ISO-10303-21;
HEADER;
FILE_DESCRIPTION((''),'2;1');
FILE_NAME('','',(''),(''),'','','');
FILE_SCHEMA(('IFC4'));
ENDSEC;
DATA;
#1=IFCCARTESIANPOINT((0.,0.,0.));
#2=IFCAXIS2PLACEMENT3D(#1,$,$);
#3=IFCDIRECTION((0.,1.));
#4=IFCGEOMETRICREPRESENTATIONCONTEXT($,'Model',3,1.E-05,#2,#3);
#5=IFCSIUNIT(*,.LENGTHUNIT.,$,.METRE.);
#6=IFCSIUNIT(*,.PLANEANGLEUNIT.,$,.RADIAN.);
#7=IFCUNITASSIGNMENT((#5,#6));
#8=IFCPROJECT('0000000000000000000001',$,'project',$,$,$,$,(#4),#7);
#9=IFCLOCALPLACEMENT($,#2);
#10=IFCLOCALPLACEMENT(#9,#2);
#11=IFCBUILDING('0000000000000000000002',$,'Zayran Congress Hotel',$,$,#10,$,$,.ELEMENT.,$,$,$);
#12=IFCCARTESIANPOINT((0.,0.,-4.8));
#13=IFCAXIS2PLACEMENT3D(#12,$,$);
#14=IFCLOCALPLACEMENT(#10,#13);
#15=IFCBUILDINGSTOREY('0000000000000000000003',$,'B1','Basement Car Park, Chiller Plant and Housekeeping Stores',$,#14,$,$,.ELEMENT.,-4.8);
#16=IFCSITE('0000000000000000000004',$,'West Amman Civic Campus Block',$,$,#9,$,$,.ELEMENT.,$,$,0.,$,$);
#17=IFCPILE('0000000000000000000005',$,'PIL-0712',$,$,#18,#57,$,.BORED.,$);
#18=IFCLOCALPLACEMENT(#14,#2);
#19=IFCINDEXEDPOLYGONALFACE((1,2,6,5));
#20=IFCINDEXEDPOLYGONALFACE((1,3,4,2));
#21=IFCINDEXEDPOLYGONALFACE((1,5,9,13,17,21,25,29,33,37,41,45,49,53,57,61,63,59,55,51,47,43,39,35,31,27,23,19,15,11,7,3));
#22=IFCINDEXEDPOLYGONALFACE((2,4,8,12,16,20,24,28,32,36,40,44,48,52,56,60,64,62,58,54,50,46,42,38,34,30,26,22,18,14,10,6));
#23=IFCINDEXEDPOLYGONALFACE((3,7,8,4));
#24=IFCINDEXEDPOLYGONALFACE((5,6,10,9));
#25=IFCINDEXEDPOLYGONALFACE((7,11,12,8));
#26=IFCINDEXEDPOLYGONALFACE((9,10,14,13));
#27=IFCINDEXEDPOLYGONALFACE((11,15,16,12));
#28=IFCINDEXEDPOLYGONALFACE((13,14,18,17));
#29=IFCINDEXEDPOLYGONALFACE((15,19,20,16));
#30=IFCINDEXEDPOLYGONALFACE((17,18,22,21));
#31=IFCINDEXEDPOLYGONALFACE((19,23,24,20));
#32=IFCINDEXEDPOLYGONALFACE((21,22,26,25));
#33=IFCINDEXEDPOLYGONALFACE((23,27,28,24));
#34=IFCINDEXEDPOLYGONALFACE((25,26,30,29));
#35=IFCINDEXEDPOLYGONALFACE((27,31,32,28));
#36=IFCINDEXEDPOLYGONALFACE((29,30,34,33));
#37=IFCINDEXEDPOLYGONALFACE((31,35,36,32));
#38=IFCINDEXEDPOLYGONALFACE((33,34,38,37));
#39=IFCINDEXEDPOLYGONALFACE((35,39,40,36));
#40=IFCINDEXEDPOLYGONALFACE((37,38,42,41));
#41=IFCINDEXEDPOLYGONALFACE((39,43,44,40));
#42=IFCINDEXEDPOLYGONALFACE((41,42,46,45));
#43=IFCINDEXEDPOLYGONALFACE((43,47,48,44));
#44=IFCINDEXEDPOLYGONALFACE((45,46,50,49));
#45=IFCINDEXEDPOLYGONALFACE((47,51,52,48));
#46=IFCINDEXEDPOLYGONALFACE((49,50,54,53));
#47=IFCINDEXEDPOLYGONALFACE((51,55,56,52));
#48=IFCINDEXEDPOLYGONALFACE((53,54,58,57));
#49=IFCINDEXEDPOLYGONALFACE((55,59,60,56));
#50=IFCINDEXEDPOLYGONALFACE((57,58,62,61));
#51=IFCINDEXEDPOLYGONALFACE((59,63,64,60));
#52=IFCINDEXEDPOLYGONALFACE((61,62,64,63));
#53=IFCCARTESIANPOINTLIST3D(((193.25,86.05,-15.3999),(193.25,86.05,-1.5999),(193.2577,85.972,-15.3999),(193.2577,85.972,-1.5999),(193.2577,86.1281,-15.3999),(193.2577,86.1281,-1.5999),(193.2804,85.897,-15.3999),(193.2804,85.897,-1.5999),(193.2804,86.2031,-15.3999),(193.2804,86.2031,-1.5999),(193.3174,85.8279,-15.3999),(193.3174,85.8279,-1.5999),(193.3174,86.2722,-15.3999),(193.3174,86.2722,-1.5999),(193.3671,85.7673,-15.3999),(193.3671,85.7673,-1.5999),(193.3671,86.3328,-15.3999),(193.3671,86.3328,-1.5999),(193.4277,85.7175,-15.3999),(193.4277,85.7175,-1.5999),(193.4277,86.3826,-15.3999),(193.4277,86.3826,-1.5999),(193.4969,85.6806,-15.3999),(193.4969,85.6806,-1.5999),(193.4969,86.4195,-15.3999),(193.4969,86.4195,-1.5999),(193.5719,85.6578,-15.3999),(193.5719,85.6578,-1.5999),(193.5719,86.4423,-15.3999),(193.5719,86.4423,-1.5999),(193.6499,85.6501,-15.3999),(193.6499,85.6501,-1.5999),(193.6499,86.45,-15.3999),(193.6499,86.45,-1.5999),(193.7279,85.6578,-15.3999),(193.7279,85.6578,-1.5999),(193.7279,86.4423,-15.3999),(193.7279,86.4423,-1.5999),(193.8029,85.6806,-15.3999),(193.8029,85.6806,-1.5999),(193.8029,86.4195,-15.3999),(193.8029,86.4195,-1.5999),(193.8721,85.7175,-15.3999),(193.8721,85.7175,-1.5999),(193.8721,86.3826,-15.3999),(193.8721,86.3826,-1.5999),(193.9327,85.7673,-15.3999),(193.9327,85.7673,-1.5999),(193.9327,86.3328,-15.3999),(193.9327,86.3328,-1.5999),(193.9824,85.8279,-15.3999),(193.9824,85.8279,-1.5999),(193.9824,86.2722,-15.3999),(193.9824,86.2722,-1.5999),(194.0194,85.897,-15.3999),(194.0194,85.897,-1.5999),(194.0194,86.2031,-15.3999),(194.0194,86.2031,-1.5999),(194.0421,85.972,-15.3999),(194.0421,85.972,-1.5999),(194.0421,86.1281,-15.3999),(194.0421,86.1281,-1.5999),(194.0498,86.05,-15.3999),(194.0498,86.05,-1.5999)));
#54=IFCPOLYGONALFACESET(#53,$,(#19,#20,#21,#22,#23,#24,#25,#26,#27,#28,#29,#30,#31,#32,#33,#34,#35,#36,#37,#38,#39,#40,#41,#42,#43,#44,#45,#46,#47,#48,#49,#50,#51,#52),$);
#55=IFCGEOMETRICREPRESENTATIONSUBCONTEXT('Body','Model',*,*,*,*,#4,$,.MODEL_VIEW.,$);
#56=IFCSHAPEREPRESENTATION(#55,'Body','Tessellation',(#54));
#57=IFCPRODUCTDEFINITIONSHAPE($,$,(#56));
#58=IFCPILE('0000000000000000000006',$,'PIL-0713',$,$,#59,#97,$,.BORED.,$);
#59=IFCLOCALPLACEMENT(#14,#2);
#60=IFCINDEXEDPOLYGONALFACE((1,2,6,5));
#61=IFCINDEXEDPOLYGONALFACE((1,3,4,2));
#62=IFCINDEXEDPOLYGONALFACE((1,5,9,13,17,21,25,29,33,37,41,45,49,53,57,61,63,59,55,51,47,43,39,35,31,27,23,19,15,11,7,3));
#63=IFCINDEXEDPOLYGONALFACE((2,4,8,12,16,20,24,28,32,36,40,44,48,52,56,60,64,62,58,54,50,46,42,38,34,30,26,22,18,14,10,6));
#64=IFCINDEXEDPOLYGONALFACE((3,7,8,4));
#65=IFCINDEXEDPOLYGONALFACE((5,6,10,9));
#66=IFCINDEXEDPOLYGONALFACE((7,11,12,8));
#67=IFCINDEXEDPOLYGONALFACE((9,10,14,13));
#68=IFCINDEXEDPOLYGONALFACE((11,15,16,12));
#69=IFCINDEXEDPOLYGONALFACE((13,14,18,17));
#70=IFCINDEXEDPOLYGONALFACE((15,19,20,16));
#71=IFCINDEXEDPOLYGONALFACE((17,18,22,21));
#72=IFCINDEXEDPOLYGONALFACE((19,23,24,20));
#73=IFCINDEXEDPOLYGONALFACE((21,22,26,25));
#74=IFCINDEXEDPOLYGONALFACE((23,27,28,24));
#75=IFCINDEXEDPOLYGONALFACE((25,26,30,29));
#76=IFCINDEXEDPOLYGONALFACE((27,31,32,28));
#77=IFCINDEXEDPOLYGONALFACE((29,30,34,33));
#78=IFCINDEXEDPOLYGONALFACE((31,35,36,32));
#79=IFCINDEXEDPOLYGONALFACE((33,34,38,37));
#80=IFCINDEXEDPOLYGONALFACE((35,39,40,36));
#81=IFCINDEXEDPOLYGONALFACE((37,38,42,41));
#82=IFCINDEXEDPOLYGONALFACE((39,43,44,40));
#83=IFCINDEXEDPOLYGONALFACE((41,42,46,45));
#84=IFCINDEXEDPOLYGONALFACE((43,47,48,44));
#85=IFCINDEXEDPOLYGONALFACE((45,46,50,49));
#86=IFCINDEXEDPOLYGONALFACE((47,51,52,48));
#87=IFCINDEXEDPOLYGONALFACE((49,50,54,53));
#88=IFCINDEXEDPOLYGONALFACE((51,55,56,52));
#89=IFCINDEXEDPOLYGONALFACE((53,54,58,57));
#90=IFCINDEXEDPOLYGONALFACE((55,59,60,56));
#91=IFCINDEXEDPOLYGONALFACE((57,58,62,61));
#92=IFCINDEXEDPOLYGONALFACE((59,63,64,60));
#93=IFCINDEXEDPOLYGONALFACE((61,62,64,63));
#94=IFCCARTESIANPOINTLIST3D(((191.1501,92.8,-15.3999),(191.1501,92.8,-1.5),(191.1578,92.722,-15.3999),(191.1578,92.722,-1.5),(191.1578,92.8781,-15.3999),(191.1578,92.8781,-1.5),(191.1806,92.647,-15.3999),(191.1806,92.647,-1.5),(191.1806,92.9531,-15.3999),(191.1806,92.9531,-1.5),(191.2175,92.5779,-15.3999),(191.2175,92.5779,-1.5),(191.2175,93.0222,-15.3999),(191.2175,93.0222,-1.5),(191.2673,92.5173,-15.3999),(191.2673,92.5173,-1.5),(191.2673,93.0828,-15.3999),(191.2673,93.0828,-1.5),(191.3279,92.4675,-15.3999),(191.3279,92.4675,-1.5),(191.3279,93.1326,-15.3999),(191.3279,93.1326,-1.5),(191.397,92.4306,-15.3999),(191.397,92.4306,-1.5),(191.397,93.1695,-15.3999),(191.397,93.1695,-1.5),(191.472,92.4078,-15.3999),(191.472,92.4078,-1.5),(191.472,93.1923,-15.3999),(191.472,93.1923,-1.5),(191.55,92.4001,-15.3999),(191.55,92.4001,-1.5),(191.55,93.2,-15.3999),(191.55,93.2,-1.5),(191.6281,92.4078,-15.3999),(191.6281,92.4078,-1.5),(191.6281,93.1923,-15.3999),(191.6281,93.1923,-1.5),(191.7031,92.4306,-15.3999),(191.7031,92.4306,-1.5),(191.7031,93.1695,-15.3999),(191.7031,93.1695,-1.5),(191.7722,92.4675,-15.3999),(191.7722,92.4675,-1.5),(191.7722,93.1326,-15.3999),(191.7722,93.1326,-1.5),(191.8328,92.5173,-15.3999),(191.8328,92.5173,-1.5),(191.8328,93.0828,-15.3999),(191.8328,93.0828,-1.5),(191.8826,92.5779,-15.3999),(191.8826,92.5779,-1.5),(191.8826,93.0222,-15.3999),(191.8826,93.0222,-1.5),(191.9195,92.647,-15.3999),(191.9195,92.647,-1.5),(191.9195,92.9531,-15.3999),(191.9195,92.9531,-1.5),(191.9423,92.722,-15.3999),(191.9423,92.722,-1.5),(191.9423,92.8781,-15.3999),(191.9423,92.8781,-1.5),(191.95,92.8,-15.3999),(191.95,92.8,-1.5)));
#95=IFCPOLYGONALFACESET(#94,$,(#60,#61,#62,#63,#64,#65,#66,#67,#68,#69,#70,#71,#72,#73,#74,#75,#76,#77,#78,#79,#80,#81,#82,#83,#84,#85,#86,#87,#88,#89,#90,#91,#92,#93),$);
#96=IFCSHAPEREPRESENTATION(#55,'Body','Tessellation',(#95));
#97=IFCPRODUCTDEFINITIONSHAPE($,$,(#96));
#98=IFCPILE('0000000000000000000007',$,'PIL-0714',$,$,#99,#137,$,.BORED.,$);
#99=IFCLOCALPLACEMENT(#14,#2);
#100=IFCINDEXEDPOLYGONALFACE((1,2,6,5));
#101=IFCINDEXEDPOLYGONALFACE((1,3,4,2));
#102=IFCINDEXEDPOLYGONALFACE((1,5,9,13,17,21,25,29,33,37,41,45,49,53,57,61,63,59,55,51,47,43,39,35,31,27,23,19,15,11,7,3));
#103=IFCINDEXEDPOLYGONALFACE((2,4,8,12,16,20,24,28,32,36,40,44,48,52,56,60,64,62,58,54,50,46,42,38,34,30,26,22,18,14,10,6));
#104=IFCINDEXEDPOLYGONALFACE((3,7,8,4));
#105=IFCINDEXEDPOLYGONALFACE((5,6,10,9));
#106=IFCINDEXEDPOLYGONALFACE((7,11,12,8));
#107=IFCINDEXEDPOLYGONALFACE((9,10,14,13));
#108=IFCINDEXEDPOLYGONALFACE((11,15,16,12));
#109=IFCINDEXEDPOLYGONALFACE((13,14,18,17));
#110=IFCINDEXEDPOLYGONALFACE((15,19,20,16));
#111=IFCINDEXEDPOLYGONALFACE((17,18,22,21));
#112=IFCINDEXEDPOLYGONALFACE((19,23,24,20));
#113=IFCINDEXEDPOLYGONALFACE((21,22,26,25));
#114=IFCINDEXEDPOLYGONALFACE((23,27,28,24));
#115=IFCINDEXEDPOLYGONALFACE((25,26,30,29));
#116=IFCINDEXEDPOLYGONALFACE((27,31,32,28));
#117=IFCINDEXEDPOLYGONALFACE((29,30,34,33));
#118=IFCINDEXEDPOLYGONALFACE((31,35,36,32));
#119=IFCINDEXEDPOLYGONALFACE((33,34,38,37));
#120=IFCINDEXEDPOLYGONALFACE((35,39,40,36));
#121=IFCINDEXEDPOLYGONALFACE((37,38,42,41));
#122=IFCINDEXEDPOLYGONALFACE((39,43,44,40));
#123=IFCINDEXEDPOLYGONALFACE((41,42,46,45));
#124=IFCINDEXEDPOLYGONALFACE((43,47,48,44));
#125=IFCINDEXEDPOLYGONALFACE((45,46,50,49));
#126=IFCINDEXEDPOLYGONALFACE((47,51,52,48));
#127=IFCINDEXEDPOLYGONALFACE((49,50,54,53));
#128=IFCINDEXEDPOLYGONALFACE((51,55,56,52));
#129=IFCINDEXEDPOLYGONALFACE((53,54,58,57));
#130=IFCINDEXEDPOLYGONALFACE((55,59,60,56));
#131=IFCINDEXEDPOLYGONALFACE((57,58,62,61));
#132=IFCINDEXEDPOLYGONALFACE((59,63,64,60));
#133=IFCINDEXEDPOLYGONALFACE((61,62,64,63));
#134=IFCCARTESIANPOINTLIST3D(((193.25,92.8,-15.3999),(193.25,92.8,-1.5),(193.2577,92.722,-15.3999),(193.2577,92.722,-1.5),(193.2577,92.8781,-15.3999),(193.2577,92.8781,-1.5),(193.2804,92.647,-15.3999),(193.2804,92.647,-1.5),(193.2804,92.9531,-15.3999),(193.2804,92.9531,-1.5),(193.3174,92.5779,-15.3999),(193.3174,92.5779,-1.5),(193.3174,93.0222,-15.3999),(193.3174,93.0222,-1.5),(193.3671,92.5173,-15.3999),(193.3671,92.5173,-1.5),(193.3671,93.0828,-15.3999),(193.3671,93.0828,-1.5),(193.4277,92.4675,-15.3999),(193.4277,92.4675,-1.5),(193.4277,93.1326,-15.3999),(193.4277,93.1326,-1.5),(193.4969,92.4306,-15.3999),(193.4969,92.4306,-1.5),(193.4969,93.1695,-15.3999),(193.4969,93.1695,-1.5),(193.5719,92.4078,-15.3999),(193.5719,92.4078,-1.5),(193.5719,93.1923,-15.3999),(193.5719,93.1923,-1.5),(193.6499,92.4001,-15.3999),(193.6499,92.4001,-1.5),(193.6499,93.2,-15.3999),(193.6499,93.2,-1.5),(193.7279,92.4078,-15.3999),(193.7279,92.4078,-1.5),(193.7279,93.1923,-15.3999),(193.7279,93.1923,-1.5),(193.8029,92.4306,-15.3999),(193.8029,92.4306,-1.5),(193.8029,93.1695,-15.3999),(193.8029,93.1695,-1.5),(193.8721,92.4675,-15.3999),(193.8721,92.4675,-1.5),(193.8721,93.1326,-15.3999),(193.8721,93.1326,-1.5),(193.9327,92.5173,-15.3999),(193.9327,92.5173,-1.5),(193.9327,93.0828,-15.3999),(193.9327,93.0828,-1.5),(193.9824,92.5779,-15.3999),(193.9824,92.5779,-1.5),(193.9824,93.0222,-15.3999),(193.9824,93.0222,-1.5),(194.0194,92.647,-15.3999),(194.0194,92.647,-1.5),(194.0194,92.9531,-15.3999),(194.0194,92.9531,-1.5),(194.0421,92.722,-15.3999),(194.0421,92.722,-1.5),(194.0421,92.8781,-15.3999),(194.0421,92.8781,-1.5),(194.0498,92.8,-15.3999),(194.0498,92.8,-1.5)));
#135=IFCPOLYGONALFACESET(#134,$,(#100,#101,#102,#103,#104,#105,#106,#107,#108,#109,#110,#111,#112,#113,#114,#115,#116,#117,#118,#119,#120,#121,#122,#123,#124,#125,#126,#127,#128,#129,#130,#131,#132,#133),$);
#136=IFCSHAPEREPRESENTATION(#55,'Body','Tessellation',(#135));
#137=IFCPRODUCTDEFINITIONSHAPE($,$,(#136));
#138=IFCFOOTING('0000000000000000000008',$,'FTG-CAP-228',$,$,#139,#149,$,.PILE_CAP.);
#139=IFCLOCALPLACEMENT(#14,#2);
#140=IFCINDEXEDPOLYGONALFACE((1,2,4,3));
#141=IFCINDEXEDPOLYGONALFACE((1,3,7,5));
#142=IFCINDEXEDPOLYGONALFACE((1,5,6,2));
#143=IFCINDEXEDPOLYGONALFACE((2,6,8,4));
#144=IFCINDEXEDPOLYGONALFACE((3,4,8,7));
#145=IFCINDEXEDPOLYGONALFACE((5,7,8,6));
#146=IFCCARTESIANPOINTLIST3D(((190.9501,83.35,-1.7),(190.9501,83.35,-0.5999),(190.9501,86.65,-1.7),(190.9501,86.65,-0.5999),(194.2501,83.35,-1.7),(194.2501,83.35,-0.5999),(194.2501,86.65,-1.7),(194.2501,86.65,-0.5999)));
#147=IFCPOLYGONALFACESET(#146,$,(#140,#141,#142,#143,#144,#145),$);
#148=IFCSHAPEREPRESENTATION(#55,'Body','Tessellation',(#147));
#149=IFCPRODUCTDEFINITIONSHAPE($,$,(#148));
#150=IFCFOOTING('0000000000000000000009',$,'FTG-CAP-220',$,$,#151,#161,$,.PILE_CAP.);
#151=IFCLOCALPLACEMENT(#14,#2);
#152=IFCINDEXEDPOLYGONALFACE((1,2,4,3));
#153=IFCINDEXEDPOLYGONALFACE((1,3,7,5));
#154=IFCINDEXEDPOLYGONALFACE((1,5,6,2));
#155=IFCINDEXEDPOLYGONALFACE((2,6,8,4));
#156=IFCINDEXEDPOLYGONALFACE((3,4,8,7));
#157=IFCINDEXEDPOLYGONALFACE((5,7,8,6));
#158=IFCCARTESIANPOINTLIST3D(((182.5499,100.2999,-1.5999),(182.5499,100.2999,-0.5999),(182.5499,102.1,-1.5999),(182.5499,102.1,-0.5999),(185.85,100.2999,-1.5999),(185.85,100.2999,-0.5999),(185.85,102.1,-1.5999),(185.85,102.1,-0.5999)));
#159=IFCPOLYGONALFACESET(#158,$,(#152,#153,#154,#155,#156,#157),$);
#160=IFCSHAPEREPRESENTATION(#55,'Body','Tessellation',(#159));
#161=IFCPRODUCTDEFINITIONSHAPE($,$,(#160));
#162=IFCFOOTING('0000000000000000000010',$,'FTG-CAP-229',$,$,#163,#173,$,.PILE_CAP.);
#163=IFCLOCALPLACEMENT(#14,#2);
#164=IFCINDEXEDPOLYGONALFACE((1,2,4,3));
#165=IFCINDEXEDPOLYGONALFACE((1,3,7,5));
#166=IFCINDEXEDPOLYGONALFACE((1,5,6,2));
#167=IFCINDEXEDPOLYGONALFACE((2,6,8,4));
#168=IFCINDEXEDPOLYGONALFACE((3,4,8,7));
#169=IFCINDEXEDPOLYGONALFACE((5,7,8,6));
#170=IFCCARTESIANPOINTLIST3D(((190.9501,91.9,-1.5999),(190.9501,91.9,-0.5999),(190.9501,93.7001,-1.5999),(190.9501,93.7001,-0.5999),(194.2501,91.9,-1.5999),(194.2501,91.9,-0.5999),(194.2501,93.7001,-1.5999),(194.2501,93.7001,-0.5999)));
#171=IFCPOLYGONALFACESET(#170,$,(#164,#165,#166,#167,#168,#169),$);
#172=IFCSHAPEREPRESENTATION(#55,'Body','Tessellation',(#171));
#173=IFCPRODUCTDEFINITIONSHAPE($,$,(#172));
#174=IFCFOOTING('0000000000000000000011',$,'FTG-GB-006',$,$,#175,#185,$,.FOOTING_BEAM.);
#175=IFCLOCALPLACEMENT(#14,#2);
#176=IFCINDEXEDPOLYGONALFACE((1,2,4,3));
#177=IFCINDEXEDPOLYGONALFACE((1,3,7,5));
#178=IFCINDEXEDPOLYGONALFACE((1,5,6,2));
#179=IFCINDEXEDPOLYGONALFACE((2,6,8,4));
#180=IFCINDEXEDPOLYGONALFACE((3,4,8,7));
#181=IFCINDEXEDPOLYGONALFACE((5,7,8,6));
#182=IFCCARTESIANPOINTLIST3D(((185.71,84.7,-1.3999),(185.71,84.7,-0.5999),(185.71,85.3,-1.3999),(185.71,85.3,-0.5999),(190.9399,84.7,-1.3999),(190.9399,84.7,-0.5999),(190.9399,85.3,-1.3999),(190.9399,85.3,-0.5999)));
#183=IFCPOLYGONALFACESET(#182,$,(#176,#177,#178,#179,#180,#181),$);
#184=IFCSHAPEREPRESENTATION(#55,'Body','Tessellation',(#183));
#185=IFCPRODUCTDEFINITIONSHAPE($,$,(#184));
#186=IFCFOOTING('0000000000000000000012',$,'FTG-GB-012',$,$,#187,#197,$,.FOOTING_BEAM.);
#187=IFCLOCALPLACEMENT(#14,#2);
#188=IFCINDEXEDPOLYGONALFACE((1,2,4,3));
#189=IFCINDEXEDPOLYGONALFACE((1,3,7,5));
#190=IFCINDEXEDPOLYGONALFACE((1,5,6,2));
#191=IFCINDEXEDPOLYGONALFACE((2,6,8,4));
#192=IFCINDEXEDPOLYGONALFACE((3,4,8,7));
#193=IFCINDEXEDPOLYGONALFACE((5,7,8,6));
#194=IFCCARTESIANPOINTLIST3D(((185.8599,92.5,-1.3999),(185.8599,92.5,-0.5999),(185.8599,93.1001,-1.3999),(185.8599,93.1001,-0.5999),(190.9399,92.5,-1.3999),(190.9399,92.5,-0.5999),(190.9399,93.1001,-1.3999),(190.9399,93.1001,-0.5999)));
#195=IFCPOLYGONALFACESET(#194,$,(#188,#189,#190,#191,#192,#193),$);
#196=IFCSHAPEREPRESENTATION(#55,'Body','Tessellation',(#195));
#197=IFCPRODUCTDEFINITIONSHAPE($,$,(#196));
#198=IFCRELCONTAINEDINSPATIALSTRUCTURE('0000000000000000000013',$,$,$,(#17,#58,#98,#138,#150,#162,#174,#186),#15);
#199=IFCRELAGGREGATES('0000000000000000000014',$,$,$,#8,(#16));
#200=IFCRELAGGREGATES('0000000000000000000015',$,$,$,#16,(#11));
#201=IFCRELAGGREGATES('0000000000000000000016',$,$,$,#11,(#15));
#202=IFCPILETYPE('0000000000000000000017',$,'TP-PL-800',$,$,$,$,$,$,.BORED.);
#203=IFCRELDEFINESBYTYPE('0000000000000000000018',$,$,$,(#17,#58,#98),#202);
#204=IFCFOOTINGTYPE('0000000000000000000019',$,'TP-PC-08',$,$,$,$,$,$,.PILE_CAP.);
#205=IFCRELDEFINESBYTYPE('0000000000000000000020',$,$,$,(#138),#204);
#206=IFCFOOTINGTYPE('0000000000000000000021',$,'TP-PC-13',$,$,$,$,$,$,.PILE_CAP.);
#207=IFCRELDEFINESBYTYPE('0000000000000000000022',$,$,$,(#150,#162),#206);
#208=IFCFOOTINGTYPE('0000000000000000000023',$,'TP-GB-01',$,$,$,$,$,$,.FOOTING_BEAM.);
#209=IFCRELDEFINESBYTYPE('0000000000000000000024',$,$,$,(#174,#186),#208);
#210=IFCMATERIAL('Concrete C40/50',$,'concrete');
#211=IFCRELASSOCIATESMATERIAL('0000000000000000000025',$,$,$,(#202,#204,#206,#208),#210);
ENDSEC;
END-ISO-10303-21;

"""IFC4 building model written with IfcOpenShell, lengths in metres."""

from ifc_helpers import new_model, si_unit, direction, frame, origin, origin_2d, place, context, subcontext, project, spatial, rectangle, circle, extrude, material, material_profile, profile_set, type_object, element, save


model = new_model("IFC4")

# Units and contexts
model_context = context("Model", 3, precision=1e-05, world=origin(), true_north=direction((0.0, 1.0)))
body_context = subcontext(model_context, "Body", "Model", "MODEL_VIEW")
ifc_project = project(units=[si_unit("LENGTHUNIT", "METRE"), si_unit("PLANEANGLEUNIT", "RADIAN")], contexts=[model_context])

# Site, building, storey
site_placement = place(None, origin())
site = spatial("IfcSite", under=ifc_project, at=site_placement, Name="West Amman Civic Campus Block", CompositionType="ELEMENT", RefElevation=0.0)
building_placement = place(site_placement, origin())
building = spatial("IfcBuilding", under=site, at=building_placement, Name="Zayran Congress Hotel", CompositionType="ELEMENT")
storey_placement = place(building_placement, frame((0.0, 0.0, -4.8)))
storey = spatial("IfcBuildingStorey", under=building, at=storey_placement, Name="B1", Description="Basement Car Park, Chiller Plant and Housekeeping Stores", CompositionType="ELEMENT", Elevation=-4.8)

# Piles
ifc_material_1 = material(Name="Concrete C40/50", Category="concrete")
ifc_material_profile_1 = material_profile(ifc_material_1, circle(Radius=0.3999, at=origin_2d()), Name="PILE D800")
ifc_profile_set_1 = profile_set([ifc_material_profile_1], Name="Concrete C40/50")
pile_type = type_object("IfcPileType", Name="TP-PL-800", PredefinedType="BORED", material=ifc_profile_set_1)
for number, where, z_axis, x_axis, name in (
    (1, (193.6499, 86.05, -1.5999), (0.0, 0.0, -1.0), (1.0, 0.0, 0.0), "PIL-0712"),
):
    element("IfcPile", number, at=place(storey_placement, frame(where, z_axis=z_axis, x_axis=x_axis)), inside=storey, type_object=pile_type, Name=name, PredefinedType="BORED", context=body_context, shape_type="SweptSolid", body=[
        extrude(circle(Radius=0.3999, at=origin_2d()), origin(), (0.0, 0.0, 1.0), 13.8),
    ])
for number, where, z_axis, x_axis, name in (
    (2, (191.55, 92.8, -1.5), (0.0, 0.0, -1.0), (1.0, 0.0, 0.0), "PIL-0713"),
    (3, (193.6499, 92.8, -1.5), (0.0, 0.0, -1.0), (1.0, 0.0, 0.0), "PIL-0714"),
):
    element("IfcPile", number, at=place(storey_placement, frame(where, z_axis=z_axis, x_axis=x_axis)), inside=storey, type_object=pile_type, Name=name, PredefinedType="BORED", context=body_context, shape_type="SweptSolid", body=[
        extrude(circle(Radius=0.3999, at=origin_2d()), origin(), (0.0, 0.0, 1.0), 13.8999),
    ])

# Footings
footing_type_1 = type_object("IfcFootingType", Name="TP-PC-08", PredefinedType="PILE_CAP", material=ifc_material_1)
footing_1_placement = place(storey_placement, frame((192.6001, 85.0, -1.7), z_axis=(0.0, 0.0, 1.0), x_axis=(1.0, 0.0, 0.0)))
element("IfcFooting", 4, at=footing_1_placement, inside=storey, type_object=footing_type_1, Name="FTG-CAP-228", PredefinedType="PILE_CAP", context=body_context, shape_type="SweptSolid", body=[
    extrude(rectangle(XDim=3.3, YDim=3.3, at=origin_2d()), origin(), (0.0, 0.0, 1.0), 1.1001),
])
footing_type_2 = type_object("IfcFootingType", Name="TP-PC-13", PredefinedType="PILE_CAP", material=ifc_material_1)
for number, where, z_axis, x_axis, name in (
    (5, (184.2, 101.2, -1.5999), (0.0, 0.0, 1.0), (1.0, 0.0, 0.0), "FTG-CAP-220"),
    (6, (192.6001, 92.8, -1.5999), (0.0, 0.0, 1.0), (1.0, 0.0, 0.0), "FTG-CAP-229"),
):
    element("IfcFooting", number, at=place(storey_placement, frame(where, z_axis=z_axis, x_axis=x_axis)), inside=storey, type_object=footing_type_2, Name=name, PredefinedType="PILE_CAP", context=body_context, shape_type="SweptSolid", body=[
        extrude(rectangle(XDim=3.3, YDim=1.8, at=origin_2d()), origin(), (0.0, 0.0, 1.0), 1.0),
    ])
footing_type_3 = type_object("IfcFootingType", Name="TP-GB-01", PredefinedType="FOOTING_BEAM", material=ifc_material_1)
footing_2_placement = place(storey_placement, frame((188.325, 85.0, -1.3999), z_axis=(0.0, 0.0, 1.0), x_axis=(1.0, 0.0, 0.0)))
element("IfcFooting", 7, at=footing_2_placement, inside=storey, type_object=footing_type_3, Name="FTG-GB-006", PredefinedType="FOOTING_BEAM", context=body_context, shape_type="SweptSolid", body=[
    extrude(rectangle(XDim=5.23, YDim=0.6001, at=origin_2d()), origin(), (0.0, 0.0, 1.0), 0.8),
])
footing_3_placement = place(storey_placement, frame((188.3999, 92.8, -1.3999), z_axis=(0.0, 0.0, 1.0), x_axis=(1.0, 0.0, 0.0)))
element("IfcFooting", 8, at=footing_3_placement, inside=storey, type_object=footing_type_3, Name="FTG-GB-012", PredefinedType="FOOTING_BEAM", context=body_context, shape_type="SweptSolid", body=[
    extrude(rectangle(XDim=5.0801, YDim=0.6001, at=origin_2d()), origin(), (0.0, 0.0, 1.0), 0.8),
])

save(model, "model.ifc")
